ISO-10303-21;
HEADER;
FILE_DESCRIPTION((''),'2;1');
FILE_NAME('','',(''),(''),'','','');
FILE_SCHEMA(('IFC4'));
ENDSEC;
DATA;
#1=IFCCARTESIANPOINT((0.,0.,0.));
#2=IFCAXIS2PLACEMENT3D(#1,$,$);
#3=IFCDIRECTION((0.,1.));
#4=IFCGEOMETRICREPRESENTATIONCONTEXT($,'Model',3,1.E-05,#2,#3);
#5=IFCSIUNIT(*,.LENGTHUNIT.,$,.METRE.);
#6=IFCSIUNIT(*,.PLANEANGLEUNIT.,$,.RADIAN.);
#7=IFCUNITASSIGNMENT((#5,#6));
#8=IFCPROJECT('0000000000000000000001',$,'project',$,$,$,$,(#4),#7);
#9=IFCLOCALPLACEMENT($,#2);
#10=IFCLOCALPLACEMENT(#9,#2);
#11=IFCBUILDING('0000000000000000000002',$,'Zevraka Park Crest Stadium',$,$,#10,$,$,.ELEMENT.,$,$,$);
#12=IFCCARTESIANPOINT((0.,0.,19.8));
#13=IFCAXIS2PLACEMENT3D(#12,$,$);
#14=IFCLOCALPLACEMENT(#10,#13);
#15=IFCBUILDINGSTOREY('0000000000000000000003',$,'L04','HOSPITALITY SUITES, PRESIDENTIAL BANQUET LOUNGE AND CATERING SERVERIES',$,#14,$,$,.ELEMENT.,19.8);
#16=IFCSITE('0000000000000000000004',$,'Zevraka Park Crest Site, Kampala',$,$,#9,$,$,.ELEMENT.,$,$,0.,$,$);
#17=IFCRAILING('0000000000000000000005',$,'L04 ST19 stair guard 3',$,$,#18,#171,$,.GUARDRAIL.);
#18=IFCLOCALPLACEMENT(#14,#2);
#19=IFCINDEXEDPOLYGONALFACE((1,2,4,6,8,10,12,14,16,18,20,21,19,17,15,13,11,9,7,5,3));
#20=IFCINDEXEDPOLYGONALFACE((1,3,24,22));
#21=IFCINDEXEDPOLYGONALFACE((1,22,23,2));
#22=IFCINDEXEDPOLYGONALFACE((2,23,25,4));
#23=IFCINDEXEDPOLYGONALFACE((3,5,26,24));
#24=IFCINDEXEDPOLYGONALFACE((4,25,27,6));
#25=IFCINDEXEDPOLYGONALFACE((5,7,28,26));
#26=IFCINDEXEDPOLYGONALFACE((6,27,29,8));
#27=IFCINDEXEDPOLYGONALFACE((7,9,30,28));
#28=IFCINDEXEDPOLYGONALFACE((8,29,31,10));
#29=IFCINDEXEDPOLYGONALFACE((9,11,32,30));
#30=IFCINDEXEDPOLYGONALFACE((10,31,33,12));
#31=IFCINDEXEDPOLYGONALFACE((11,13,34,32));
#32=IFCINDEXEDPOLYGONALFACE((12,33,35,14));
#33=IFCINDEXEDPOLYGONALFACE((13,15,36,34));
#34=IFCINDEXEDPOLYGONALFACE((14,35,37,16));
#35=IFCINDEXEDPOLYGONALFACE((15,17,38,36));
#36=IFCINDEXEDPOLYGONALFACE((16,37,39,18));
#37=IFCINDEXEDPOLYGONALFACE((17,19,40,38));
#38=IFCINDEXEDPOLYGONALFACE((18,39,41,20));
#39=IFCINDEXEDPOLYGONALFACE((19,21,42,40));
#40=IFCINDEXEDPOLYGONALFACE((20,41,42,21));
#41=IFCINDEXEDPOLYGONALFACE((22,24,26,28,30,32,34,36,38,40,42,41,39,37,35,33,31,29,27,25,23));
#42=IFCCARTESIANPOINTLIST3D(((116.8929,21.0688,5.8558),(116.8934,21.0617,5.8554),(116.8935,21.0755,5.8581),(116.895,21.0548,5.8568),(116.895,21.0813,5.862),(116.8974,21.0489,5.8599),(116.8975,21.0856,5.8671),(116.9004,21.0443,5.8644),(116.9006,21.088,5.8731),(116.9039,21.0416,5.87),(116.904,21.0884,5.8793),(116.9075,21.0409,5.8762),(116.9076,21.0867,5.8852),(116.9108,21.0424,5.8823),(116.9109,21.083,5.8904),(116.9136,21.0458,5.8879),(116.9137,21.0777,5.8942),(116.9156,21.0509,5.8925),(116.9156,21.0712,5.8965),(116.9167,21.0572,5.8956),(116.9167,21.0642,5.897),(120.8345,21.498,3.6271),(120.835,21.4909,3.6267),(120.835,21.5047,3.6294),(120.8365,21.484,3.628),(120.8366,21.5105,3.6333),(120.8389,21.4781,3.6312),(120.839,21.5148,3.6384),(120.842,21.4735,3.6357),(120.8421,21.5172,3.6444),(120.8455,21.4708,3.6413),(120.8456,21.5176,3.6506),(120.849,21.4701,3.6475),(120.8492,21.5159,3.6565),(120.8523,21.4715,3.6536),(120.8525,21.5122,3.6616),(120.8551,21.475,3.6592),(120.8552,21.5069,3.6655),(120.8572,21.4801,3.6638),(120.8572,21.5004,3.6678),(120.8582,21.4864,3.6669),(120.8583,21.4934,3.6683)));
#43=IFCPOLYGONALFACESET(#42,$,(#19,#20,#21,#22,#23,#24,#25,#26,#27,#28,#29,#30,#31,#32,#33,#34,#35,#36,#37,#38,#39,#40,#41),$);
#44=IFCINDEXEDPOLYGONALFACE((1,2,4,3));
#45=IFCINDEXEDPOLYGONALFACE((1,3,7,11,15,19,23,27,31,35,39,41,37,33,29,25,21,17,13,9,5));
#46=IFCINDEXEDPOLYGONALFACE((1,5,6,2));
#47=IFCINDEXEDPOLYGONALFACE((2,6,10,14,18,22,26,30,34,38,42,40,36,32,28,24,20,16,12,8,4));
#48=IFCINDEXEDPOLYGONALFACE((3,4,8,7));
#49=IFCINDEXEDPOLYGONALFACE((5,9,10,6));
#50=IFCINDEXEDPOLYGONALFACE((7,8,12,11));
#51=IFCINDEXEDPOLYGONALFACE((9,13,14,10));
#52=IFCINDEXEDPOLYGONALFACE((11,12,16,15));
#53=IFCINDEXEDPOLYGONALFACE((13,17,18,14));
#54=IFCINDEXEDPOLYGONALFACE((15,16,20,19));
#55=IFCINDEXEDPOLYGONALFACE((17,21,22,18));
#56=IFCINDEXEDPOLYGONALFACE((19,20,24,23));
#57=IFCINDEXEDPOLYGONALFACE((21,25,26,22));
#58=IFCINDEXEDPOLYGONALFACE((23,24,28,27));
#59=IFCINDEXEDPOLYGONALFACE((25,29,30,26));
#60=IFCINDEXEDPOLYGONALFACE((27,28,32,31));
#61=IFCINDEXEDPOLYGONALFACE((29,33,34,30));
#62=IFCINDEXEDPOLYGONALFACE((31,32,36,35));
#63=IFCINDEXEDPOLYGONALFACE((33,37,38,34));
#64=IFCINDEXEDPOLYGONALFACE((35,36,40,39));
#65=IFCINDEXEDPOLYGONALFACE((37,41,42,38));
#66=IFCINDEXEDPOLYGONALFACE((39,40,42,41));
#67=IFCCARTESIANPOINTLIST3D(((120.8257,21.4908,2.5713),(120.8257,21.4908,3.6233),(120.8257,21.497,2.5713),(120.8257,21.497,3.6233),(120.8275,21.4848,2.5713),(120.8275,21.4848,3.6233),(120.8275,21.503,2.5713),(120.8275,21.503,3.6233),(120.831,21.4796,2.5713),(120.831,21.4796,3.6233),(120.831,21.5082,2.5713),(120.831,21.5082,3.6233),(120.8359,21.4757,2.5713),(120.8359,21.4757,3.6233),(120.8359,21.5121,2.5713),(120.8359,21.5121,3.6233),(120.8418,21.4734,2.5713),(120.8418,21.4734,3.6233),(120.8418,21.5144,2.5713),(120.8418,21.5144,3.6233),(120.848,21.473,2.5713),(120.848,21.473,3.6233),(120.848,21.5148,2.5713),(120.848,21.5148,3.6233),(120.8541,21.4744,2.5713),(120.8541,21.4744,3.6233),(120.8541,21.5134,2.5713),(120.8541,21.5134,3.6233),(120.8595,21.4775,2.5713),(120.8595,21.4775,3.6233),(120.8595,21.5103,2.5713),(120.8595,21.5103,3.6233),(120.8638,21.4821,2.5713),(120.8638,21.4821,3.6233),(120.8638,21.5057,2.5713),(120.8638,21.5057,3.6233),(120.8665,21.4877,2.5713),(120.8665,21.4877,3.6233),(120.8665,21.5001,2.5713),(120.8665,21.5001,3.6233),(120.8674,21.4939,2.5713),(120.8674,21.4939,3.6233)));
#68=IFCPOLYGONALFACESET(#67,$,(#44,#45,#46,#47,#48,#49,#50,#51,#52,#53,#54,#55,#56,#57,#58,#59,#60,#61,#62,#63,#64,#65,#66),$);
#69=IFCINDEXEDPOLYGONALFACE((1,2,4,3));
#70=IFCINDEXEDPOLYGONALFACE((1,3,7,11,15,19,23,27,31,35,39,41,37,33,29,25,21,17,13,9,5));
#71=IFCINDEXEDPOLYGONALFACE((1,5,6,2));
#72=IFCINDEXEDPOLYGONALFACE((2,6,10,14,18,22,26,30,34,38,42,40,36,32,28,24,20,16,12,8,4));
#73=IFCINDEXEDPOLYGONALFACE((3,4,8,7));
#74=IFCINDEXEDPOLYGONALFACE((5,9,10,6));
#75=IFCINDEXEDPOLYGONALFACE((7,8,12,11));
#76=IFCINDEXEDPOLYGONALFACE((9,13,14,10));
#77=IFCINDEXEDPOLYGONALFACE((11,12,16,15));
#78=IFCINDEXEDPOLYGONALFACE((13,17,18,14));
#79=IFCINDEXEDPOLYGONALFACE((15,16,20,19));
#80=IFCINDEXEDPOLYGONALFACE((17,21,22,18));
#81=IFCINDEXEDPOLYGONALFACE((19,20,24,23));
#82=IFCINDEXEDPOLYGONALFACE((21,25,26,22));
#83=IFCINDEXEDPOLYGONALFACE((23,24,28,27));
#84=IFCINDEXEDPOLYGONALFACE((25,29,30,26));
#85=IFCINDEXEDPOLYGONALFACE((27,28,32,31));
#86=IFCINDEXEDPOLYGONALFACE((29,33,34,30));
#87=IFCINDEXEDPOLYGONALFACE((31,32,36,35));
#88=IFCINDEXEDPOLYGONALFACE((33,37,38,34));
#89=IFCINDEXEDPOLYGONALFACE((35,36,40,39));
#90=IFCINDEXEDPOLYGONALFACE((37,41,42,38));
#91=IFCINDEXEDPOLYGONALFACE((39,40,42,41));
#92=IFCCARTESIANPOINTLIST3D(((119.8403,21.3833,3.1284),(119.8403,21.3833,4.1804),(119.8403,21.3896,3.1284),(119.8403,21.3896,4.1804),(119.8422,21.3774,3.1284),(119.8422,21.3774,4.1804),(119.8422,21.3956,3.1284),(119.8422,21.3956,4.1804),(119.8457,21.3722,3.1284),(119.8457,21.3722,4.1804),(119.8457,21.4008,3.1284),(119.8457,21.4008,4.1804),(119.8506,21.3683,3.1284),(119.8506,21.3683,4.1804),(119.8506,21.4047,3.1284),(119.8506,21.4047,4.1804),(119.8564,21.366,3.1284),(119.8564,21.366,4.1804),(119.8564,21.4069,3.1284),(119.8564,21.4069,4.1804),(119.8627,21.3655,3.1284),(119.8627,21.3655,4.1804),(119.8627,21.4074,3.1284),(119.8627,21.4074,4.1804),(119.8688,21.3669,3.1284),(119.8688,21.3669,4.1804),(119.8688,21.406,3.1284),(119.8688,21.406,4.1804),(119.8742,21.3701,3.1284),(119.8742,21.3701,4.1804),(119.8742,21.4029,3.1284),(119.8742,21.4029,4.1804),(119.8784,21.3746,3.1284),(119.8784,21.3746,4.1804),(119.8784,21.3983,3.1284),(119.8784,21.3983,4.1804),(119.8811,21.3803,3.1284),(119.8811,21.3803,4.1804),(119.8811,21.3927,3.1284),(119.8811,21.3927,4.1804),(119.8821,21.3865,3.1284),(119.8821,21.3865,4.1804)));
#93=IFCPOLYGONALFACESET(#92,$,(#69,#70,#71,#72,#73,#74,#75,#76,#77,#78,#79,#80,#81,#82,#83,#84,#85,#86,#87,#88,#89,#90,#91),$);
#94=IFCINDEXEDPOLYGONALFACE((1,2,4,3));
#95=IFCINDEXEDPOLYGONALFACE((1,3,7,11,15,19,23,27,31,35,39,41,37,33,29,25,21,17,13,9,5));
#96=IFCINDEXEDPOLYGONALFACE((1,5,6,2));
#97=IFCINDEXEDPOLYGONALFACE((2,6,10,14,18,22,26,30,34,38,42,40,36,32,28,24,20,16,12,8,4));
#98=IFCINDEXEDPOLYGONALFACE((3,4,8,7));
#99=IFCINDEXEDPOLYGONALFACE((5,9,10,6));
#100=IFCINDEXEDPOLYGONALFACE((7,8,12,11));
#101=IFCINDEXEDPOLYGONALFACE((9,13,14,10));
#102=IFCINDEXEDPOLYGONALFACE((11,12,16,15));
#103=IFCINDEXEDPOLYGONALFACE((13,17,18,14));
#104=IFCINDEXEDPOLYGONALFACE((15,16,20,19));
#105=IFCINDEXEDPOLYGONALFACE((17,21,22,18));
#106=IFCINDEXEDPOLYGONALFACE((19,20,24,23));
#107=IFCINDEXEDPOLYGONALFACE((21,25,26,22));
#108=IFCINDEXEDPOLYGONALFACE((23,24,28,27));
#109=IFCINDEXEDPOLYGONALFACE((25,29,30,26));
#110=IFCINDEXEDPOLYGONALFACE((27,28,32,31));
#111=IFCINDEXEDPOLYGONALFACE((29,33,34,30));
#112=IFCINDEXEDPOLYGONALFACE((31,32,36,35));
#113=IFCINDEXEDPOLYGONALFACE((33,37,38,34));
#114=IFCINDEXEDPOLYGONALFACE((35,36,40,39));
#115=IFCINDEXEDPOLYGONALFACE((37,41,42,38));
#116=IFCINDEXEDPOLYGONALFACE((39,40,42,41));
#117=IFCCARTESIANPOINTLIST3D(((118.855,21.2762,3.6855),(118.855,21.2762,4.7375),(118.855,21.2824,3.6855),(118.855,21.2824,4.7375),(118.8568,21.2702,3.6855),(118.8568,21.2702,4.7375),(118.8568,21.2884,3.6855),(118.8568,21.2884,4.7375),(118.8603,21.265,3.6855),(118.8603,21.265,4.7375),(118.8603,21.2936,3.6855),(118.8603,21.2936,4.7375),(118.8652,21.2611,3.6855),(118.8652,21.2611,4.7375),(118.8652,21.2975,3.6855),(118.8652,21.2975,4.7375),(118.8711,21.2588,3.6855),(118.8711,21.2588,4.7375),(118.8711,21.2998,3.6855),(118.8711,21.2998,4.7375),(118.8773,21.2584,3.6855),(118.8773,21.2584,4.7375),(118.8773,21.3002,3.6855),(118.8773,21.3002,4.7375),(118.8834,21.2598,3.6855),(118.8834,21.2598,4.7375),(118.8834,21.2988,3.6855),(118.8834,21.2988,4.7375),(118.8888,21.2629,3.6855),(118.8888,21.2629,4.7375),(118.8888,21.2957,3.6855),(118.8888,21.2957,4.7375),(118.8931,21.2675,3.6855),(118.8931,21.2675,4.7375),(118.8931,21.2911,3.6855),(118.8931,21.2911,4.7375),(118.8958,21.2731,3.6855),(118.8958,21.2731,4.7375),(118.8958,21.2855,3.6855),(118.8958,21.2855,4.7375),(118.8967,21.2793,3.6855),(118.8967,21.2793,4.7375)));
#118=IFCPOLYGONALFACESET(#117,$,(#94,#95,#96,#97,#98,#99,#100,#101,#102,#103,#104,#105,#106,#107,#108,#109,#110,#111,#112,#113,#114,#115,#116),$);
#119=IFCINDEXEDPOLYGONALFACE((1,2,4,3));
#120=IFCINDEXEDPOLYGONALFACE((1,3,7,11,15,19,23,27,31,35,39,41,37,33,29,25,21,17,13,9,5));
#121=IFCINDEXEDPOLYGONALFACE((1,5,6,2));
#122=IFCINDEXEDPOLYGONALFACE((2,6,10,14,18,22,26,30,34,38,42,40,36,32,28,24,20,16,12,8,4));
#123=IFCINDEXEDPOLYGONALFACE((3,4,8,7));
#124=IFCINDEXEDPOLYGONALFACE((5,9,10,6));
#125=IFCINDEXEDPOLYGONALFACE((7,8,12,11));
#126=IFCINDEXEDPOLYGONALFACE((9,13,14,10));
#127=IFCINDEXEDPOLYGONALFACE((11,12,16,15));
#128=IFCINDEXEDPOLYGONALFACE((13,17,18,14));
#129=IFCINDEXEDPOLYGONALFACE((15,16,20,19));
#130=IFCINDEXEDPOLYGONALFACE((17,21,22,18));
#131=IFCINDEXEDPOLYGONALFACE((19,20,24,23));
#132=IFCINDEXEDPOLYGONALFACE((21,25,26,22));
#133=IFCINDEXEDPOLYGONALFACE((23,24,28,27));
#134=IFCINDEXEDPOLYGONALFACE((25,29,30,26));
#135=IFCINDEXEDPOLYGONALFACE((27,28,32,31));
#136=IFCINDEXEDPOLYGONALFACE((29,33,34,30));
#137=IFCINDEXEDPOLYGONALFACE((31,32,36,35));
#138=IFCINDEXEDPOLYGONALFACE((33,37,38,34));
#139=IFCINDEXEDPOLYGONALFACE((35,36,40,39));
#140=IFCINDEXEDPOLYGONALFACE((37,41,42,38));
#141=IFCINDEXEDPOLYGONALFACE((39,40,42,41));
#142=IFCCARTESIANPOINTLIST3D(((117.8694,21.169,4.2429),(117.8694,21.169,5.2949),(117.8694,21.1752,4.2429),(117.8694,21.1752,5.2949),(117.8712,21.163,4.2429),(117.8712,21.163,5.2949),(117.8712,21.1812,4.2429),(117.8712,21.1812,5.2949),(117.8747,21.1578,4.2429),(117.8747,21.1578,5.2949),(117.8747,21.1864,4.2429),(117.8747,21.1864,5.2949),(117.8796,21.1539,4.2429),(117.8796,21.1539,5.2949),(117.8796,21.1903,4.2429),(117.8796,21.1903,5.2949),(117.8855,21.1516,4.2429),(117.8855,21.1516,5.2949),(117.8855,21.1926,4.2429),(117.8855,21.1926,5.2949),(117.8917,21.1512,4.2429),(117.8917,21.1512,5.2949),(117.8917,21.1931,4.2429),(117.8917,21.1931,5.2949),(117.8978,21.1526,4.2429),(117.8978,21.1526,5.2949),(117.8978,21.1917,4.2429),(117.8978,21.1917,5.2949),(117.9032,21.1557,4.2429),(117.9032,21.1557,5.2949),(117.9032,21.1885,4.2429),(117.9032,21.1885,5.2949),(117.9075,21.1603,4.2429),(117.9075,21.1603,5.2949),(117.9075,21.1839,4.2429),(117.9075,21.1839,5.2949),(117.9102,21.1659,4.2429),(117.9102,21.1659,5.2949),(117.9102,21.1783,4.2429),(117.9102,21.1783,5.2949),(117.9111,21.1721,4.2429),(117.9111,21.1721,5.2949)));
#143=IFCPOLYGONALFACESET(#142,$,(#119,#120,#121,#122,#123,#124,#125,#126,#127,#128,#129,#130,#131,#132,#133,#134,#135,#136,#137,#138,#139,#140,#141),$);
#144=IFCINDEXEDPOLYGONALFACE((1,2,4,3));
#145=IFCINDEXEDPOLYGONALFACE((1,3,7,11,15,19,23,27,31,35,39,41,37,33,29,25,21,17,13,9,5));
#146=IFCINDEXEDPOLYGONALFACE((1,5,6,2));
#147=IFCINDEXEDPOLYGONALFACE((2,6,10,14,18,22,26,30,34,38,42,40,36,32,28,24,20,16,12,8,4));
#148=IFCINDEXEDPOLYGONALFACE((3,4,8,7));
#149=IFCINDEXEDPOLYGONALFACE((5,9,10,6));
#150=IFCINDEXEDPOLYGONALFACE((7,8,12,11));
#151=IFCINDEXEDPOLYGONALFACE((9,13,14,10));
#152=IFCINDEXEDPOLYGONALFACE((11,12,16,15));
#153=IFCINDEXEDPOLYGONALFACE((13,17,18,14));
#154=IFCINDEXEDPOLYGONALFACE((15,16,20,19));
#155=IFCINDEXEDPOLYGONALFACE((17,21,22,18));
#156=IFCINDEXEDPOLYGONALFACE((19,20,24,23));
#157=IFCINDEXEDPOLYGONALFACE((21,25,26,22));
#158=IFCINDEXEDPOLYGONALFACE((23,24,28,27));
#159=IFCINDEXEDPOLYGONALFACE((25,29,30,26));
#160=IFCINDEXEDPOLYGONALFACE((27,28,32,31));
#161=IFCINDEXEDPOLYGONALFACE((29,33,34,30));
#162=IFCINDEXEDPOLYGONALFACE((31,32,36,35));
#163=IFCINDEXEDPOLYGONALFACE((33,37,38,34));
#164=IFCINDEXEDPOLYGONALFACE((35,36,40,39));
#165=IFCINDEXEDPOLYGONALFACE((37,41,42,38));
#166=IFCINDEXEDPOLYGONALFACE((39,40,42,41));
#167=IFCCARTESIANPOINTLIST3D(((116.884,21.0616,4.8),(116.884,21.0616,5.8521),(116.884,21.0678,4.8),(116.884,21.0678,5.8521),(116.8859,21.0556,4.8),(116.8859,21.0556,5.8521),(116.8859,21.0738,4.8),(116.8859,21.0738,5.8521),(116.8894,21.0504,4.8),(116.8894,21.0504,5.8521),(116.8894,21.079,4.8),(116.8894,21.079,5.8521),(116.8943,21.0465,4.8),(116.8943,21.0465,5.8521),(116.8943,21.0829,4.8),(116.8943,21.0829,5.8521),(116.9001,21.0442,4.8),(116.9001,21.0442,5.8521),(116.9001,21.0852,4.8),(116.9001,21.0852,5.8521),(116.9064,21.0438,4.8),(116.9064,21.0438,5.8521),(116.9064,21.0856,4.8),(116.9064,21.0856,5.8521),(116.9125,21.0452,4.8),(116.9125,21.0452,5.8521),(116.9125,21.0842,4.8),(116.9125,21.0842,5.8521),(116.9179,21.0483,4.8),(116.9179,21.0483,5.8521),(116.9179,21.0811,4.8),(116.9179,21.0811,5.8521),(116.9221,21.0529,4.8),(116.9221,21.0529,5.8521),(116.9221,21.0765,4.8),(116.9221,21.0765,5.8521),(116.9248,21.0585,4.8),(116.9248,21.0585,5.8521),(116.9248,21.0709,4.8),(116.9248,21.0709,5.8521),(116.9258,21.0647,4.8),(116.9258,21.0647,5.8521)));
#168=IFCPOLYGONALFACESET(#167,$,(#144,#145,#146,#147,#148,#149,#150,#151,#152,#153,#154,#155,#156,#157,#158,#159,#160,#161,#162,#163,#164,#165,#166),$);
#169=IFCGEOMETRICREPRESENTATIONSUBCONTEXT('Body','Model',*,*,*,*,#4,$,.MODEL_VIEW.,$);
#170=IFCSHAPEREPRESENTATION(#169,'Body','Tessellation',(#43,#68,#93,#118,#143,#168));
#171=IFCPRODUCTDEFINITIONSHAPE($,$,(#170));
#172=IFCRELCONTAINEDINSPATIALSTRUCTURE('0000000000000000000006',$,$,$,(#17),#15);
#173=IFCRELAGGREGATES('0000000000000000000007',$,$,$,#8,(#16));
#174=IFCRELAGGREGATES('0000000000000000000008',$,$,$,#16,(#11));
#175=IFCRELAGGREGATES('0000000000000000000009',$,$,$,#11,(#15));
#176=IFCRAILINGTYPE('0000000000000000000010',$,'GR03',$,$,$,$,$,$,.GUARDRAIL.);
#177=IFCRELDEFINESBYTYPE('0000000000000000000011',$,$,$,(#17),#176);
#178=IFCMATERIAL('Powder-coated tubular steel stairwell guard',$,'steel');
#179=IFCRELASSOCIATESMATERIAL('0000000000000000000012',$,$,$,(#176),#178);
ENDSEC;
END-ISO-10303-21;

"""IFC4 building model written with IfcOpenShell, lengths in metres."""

from ifc_helpers import new_model, si_unit, direction, frame, origin, origin_2d, place, context, subcontext, project, spatial, circle, extrude, material, type_object, element, save


model = new_model("IFC4")

# Units and contexts
model_context = context("Model", 3, precision=1e-05, world=origin(), true_north=direction((0.0, 1.0)))
body_context = subcontext(model_context, "Body", "Model", "MODEL_VIEW")
ifc_project = project(units=[si_unit("LENGTHUNIT", "METRE"), si_unit("PLANEANGLEUNIT", "RADIAN")], contexts=[model_context])

# Site, building, storey
site_placement = place(None, origin())
site = spatial("IfcSite", under=ifc_project, at=site_placement, Name="Zevraka Park Crest Site, Kampala", CompositionType="ELEMENT", RefElevation=0.0)
building_placement = place(site_placement, origin())
building = spatial("IfcBuilding", under=site, at=building_placement, Name="Zevraka Park Crest Stadium", CompositionType="ELEMENT")
storey_placement = place(building_placement, frame((0.0, 0.0, 19.8)))
storey = spatial("IfcBuildingStorey", under=building, at=storey_placement, Name="L04", Description="HOSPITALITY SUITES, PRESIDENTIAL BANQUET LOUNGE AND CATERING SERVERIES", CompositionType="ELEMENT", Elevation=19.8)

# Railing
ifc_material_1 = material(Name="Powder-coated tubular steel stairwell guard", Category="steel")
railing_type_1 = type_object("IfcRailingType", Name="GR03", PredefinedType="GUARDRAIL", material=ifc_material_1)
railing_1_placement = place(storey_placement, frame((120.8464, 21.4939, 2.5713)))
element("IfcRailing", 1, at=railing_1_placement, inside=storey, type_object=railing_type_1, Name="L04 ST19 stair guard 3", PredefinedType="GUARDRAIL", context=body_context, shape_type="SweptSolid", body=[
    extrude(circle(Radius=0.0239, at=origin_2d()), frame((0.0, 0.0, 1.0762), z_axis=(-0.866596, -0.094362, 0.490007), x_axis=(0.108248, -0.994124, 0.0)), (0.0, 0.0, 1.0), 4.5483),
    extrude(circle(Radius=0.021, at=origin_2d()), origin(), (0.0, 0.0, 1.0), 1.052),
    extrude(circle(Radius=0.021, at=origin_2d()), frame((-0.9854, -0.1074, 0.5571)), (0.0, 0.0, 1.0), 1.052),
    extrude(circle(Radius=0.021, at=origin_2d()), frame((-1.9707, -0.2146, 1.1143)), (0.0, 0.0, 1.0), 1.052),
    extrude(circle(Radius=0.021, at=origin_2d()), frame((-2.9563, -0.3218, 1.6716)), (0.0, 0.0, 1.0), 1.052),
    extrude(circle(Radius=0.021, at=origin_2d()), frame((-3.9417, -0.4292, 2.2288)), (0.0, 0.0, 1.0), 1.052),
])

save(model, "model.ifc")
